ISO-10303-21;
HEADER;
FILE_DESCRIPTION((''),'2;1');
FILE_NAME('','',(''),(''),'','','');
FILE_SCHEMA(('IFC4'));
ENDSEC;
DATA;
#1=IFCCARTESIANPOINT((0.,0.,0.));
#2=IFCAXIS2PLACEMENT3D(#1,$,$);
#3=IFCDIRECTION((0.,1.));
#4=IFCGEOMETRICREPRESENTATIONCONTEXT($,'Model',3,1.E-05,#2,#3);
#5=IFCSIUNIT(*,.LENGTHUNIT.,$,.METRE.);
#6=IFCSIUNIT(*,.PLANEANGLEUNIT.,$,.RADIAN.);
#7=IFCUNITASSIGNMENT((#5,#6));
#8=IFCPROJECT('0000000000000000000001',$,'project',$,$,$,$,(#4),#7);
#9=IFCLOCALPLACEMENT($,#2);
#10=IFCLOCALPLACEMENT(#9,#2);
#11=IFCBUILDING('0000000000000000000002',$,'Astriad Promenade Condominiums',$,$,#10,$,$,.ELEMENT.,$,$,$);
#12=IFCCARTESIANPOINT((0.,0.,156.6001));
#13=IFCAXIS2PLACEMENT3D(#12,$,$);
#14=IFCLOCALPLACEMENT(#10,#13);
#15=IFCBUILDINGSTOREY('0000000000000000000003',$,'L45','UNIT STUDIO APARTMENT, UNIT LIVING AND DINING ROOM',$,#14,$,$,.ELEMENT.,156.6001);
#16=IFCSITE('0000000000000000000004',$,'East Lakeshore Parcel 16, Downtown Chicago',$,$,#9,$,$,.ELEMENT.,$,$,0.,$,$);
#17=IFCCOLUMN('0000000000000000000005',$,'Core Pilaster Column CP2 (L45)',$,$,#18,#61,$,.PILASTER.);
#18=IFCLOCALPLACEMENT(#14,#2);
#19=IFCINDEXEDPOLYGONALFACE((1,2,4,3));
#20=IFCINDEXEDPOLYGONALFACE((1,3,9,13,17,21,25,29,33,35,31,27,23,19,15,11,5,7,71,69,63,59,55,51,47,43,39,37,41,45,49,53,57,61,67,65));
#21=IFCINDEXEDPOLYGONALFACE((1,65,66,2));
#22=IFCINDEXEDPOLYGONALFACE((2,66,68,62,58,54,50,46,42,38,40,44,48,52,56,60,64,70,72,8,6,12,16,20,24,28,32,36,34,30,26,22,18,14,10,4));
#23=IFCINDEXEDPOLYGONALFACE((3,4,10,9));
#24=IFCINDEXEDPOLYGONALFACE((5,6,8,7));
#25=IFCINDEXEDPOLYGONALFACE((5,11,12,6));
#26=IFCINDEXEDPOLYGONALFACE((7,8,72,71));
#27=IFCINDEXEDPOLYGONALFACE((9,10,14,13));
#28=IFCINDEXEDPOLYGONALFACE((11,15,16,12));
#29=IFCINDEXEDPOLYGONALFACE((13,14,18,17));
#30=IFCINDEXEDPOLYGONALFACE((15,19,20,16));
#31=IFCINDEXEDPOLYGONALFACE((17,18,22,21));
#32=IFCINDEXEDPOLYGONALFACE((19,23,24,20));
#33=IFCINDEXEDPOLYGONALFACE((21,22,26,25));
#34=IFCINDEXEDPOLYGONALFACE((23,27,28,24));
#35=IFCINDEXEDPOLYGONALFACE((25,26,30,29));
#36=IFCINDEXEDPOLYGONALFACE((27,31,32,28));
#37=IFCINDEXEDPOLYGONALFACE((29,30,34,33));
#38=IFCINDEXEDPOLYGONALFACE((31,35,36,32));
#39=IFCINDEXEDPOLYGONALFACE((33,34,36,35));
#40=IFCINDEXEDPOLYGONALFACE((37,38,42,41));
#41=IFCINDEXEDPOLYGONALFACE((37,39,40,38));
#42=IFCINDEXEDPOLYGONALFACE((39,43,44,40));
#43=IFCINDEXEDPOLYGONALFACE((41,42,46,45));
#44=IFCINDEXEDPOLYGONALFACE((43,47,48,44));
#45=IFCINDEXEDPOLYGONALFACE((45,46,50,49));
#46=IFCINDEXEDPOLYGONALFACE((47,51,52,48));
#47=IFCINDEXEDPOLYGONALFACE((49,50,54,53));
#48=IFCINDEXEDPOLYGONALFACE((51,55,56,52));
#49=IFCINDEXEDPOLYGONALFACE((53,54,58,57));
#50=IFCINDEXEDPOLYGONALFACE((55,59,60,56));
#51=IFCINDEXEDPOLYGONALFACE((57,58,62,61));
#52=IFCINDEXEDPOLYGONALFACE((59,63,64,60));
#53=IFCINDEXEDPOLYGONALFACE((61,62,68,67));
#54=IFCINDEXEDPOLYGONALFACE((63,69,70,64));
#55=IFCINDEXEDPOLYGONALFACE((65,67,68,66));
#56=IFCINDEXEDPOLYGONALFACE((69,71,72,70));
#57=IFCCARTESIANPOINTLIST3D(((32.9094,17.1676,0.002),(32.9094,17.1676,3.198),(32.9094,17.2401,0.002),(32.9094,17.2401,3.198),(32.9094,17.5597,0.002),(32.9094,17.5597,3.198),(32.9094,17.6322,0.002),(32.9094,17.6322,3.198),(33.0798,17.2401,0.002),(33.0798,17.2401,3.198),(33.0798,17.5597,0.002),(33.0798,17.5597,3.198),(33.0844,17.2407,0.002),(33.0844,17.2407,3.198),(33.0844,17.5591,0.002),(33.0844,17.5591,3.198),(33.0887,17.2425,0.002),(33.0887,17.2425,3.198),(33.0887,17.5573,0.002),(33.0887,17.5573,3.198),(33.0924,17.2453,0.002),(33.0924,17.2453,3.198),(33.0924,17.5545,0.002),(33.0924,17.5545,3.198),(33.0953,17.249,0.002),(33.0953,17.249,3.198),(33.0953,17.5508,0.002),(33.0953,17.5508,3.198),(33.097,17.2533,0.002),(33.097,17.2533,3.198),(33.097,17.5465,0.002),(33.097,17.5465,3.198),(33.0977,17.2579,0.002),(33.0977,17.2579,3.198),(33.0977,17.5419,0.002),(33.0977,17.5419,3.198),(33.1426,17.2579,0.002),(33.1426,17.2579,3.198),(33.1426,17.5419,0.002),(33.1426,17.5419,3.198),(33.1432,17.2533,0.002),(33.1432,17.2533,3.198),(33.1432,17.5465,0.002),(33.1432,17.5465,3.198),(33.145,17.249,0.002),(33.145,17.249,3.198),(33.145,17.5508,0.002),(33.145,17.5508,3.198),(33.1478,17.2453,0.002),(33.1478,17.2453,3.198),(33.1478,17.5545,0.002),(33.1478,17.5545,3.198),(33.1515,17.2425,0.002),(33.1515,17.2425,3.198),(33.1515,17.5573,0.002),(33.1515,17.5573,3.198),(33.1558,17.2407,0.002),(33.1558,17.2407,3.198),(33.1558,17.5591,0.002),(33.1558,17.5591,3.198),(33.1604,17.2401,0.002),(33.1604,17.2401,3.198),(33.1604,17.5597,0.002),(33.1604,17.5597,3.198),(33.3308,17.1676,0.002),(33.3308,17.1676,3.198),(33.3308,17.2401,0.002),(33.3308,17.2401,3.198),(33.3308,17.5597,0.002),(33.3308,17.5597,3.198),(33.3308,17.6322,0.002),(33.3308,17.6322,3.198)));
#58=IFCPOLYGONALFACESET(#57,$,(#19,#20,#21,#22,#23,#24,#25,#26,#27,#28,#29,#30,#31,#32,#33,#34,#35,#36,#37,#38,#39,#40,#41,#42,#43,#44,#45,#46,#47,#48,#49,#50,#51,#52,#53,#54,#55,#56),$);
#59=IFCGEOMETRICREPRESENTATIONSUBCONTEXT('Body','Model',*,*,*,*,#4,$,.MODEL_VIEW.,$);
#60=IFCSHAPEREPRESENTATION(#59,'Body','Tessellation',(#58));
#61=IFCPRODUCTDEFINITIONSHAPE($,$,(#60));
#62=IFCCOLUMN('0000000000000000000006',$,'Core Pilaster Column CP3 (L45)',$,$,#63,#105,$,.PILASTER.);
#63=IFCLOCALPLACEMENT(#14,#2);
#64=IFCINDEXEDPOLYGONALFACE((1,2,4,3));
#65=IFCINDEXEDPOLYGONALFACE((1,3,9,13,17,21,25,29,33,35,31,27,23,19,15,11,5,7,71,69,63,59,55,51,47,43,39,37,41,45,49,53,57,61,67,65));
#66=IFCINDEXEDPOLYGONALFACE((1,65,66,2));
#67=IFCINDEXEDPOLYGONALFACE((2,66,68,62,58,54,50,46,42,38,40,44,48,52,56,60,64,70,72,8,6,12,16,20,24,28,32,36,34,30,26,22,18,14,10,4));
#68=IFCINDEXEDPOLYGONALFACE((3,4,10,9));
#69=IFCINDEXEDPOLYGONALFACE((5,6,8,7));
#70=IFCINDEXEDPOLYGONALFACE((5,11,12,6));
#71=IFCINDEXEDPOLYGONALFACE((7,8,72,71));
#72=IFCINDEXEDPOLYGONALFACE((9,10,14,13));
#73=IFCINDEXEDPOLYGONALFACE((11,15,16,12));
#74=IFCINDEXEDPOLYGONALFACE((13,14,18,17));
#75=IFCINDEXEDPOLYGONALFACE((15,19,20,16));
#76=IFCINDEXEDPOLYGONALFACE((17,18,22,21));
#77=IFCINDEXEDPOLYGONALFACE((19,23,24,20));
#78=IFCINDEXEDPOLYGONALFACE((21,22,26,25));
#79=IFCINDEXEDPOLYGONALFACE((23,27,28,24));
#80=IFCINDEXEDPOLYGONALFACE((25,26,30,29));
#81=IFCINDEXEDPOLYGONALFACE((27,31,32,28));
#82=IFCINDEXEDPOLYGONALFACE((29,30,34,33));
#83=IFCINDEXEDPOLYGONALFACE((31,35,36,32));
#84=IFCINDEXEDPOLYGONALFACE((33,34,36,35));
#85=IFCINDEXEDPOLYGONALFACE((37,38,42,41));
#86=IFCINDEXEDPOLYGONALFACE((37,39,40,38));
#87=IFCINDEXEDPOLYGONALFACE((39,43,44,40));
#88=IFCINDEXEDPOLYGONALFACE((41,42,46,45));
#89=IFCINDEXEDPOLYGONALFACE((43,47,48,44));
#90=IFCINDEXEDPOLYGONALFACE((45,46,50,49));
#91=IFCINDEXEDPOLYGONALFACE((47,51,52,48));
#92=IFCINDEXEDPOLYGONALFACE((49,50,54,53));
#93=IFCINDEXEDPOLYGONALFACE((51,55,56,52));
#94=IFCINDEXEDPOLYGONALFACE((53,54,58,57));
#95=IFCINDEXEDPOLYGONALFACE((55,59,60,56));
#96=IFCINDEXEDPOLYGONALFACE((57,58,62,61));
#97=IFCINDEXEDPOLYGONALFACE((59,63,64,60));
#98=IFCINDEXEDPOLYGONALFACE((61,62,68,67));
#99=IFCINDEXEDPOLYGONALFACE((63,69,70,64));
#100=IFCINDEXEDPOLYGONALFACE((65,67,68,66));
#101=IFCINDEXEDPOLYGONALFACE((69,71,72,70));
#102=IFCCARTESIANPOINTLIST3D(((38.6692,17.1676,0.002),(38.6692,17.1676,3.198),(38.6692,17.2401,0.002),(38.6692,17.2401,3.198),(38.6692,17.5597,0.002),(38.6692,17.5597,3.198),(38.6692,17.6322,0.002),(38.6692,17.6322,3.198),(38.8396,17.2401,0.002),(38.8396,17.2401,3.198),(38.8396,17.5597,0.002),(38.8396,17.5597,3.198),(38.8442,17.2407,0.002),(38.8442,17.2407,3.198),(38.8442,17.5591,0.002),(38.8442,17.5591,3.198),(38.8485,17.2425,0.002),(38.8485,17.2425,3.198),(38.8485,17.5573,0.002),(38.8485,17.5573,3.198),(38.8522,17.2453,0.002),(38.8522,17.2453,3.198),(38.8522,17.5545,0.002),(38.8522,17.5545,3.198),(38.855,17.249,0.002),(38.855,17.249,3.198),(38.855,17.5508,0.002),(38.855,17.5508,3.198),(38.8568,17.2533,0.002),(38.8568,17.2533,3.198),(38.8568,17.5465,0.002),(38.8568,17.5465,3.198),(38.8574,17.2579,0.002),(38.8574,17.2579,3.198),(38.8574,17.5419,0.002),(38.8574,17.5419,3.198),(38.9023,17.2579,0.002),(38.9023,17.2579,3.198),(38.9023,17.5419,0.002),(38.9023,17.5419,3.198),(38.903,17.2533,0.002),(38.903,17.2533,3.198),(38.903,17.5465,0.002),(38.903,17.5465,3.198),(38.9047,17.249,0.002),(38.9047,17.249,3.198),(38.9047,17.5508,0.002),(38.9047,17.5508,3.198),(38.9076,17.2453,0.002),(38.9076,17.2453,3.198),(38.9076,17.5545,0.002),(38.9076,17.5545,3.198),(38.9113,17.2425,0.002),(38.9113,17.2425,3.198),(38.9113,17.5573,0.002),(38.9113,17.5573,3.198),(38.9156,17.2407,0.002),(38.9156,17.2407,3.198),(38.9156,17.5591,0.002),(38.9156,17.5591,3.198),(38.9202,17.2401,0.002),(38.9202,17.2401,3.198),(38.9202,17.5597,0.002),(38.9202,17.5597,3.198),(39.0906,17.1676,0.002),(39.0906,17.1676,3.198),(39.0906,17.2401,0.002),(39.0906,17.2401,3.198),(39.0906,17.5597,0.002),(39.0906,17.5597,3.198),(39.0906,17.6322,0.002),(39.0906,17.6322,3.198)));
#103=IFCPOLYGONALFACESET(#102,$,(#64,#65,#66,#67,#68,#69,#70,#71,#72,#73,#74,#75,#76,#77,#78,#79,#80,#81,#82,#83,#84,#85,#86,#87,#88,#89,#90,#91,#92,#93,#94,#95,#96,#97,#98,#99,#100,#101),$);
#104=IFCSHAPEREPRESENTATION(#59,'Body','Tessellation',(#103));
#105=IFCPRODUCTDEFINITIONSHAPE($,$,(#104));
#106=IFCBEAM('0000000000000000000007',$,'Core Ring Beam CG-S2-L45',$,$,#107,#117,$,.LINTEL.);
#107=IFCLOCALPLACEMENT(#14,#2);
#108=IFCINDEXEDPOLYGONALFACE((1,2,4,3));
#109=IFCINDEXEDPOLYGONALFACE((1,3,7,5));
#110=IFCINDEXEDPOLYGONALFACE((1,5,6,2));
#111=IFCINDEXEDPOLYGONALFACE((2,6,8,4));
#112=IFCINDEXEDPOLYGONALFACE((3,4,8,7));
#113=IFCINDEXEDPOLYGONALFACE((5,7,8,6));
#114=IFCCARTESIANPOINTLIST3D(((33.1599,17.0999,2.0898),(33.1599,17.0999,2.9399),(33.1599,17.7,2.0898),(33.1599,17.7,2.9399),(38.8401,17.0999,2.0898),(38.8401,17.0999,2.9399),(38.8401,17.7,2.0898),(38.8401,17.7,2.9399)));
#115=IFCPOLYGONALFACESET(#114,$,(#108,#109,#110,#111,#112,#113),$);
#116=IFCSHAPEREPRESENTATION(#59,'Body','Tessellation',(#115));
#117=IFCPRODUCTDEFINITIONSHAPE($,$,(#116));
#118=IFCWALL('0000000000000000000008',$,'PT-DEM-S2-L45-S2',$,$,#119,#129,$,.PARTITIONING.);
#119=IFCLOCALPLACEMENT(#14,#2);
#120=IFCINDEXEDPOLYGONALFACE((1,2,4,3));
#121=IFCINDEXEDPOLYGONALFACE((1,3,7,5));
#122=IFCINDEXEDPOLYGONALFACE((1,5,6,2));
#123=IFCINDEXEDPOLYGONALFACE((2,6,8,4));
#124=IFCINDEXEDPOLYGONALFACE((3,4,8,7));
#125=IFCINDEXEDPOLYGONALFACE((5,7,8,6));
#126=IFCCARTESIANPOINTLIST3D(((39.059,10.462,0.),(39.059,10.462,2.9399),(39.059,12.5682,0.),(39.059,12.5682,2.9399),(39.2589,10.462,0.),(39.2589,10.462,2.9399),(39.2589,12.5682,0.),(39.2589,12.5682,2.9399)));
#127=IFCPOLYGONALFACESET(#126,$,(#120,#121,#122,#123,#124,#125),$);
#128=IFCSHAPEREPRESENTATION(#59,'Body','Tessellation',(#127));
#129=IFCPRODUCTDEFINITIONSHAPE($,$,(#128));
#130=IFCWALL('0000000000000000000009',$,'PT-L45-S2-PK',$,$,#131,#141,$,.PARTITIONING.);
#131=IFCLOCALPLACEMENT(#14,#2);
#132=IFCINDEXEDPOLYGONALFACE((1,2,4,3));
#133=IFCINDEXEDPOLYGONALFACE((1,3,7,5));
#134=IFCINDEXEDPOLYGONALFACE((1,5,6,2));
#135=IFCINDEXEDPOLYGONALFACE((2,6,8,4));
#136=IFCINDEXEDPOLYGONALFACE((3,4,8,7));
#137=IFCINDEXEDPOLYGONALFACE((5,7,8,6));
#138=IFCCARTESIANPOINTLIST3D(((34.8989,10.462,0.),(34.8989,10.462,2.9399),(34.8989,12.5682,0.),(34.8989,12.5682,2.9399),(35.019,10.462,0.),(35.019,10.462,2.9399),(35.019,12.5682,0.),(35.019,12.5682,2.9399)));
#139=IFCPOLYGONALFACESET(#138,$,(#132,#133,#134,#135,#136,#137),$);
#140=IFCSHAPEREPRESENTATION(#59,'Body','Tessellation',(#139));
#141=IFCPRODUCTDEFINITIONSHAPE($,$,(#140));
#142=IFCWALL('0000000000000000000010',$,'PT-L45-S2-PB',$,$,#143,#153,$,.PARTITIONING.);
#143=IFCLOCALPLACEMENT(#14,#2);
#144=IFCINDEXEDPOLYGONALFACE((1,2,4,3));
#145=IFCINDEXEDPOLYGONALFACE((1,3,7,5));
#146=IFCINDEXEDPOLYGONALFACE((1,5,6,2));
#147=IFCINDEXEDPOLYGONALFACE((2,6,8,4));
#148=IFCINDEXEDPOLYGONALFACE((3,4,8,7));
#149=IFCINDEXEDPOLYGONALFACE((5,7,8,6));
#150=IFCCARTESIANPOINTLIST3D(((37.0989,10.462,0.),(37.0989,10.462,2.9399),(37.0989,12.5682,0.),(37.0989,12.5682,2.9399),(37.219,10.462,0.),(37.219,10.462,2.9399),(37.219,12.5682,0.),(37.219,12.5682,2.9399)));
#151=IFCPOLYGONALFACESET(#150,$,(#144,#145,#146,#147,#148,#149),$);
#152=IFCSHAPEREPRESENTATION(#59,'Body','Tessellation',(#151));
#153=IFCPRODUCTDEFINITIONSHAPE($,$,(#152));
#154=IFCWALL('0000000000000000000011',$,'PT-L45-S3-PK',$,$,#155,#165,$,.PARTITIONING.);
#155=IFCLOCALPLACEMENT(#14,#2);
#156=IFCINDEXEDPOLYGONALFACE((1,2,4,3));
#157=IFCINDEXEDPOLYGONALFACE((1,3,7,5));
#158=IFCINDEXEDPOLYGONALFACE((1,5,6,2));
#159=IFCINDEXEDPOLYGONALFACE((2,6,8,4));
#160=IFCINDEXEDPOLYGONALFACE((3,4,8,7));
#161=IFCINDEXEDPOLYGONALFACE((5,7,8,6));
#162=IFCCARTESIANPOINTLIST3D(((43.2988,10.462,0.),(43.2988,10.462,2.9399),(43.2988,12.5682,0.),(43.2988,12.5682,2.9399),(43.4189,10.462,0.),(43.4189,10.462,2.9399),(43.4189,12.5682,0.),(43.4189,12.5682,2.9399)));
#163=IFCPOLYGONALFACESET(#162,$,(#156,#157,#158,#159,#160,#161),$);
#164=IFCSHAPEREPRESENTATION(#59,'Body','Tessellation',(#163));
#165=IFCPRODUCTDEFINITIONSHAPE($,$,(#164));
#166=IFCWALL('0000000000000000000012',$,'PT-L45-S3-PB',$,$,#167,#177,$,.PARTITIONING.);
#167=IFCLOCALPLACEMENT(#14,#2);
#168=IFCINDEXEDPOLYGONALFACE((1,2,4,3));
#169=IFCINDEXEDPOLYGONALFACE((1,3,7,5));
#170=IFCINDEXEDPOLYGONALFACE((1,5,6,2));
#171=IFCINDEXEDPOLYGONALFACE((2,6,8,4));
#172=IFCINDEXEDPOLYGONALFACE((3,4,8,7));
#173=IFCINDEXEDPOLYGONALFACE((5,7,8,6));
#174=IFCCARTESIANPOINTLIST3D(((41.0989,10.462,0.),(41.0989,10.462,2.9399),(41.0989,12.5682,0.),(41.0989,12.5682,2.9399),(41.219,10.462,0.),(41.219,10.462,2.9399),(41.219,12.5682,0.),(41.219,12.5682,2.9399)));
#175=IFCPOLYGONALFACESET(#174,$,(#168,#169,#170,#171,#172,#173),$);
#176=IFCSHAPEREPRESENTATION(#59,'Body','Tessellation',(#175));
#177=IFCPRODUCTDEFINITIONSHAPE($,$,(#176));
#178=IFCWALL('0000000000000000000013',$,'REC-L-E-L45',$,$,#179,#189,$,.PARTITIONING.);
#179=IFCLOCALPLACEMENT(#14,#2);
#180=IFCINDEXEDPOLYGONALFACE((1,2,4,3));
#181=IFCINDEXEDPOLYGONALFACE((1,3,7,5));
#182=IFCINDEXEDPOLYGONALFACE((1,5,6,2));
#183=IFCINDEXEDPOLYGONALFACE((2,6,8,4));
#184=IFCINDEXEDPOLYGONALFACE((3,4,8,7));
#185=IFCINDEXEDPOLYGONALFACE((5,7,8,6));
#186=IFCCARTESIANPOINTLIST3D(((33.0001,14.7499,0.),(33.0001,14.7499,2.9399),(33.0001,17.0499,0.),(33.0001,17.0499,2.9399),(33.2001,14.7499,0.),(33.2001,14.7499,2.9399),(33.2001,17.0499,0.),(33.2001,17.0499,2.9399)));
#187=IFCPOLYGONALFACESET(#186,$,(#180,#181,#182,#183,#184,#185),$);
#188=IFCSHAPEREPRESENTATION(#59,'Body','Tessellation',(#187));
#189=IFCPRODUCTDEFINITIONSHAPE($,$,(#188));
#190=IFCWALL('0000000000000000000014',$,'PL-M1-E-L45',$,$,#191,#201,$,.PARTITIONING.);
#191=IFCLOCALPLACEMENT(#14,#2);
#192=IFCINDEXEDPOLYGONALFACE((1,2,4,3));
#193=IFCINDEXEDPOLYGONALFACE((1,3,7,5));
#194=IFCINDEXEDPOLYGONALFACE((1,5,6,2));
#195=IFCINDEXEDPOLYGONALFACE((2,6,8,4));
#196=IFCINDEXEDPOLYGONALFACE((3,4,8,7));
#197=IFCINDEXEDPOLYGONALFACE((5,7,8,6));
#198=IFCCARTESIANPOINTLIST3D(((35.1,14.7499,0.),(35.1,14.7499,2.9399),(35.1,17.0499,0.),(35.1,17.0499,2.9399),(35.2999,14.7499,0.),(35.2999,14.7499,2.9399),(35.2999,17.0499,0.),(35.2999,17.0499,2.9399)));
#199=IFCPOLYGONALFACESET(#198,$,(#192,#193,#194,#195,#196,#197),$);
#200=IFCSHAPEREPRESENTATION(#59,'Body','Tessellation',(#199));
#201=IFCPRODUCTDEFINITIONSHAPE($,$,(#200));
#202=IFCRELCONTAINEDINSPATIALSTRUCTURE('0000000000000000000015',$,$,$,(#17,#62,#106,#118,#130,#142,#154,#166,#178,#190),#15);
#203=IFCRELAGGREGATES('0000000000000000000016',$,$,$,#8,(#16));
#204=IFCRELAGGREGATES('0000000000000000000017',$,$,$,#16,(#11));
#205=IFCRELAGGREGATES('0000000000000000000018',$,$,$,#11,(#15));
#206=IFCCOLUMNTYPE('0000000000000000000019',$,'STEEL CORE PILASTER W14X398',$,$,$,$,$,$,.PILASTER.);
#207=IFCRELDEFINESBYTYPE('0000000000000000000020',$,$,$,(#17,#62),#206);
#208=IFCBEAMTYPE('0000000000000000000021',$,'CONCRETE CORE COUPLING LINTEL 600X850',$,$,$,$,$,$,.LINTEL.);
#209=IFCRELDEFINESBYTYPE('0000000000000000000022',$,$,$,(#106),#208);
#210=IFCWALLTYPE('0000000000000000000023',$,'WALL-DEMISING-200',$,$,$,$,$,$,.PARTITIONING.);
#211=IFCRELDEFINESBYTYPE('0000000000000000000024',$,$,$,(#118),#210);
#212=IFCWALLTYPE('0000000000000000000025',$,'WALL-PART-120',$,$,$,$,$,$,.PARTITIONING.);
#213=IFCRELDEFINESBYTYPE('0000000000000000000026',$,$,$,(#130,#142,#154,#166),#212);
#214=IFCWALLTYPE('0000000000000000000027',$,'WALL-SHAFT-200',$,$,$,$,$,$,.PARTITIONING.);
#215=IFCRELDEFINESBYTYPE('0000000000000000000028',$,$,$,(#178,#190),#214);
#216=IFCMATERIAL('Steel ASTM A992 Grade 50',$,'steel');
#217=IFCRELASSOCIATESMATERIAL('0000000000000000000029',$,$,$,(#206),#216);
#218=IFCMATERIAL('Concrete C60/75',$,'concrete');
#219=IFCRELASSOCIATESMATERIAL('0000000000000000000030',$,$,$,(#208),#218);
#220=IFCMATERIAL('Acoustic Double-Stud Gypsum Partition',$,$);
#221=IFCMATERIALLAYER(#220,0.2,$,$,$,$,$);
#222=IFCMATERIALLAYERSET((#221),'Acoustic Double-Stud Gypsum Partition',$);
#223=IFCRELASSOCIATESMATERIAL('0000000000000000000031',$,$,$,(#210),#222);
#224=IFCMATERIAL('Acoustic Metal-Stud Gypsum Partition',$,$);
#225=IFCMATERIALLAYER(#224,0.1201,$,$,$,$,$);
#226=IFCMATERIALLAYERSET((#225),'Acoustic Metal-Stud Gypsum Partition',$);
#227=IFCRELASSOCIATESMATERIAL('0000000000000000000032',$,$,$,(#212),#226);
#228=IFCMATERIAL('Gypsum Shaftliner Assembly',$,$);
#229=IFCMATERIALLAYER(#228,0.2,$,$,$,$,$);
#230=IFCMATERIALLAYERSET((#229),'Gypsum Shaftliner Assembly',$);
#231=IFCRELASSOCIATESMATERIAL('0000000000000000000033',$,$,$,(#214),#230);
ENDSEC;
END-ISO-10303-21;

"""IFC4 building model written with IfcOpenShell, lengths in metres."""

from ifc_helpers import new_model, si_unit, direction, frame, frame_2d, origin, origin_2d, place, context, subcontext, project, spatial, rectangle, i_section, extrude, source, transform, mapped, material, layer, layer_set, material_profile, profile_set, type_object, type_shapes, element, save


model = new_model("IFC4")

# Units and contexts
model_context = context("Model", 3, precision=1e-05, world=origin(), true_north=direction((0.0, 1.0)))
body_context = subcontext(model_context, "Body", "Model", "MODEL_VIEW")
ifc_project = project(units=[si_unit("LENGTHUNIT", "METRE"), si_unit("PLANEANGLEUNIT", "RADIAN")], contexts=[model_context])

# Site, building, storey
site_placement = place(None, origin())
site = spatial("IfcSite", under=ifc_project, at=site_placement, Name="East Lakeshore Parcel 16, Downtown Chicago", CompositionType="ELEMENT", RefElevation=0.0)
building_placement = place(site_placement, origin())
building = spatial("IfcBuilding", under=site, at=building_placement, Name="Astriad Promenade Condominiums", CompositionType="ELEMENT")
storey_placement = place(building_placement, frame((0.0, 0.0, 156.6001)))
storey = spatial("IfcBuildingStorey", under=building, at=storey_placement, Name="L45", Description="UNIT STUDIO APARTMENT, UNIT LIVING AND DINING ROOM", CompositionType="ELEMENT", Elevation=156.6001)

# Columns
ifc_material_1 = material(Name="Steel ASTM A992 Grade 50", Category="steel")
ifc_material_profile_1 = material_profile(ifc_material_1, i_section(OverallWidth=0.4214, OverallDepth=0.4646, WebThickness=0.0449, FlangeThickness=0.0725, FilletRadius=0.0178, at=origin_2d()), Name="W14X398")
ifc_profile_set_1 = profile_set([ifc_material_profile_1], Name="Steel ASTM A992 Grade 50")
column_type = type_object("IfcColumnType", Name="STEEL CORE PILASTER W14X398", PredefinedType="PILASTER", material=ifc_profile_set_1)
shared_shape_1 = source(origin(), body_context, "Body", "SweptSolid", [
    extrude(i_section(OverallWidth=0.4214, OverallDepth=0.4646, WebThickness=0.0449, FlangeThickness=0.0725, FilletRadius=0.0178, at=origin_2d()), origin(), (0.0, 0.0, 1.0), 3.196),
])
type_shapes(column_type, [shared_shape_1])
for number, where, z_axis, x_axis, name in (
    (1, (33.1201, 17.3999, 0.002), (0.0, 0.0, 1.0), (1.0, 0.0, 0.0), "Core Pilaster Column CP2 (L45)"),
    (2, (38.8799, 17.3999, 0.002), (0.0, 0.0, 1.0), (1.0, 0.0, 0.0), "Core Pilaster Column CP3 (L45)"),
):
    element("IfcColumn", number, at=place(storey_placement, frame(where, z_axis=z_axis, x_axis=x_axis)), inside=storey, type_object=column_type, Name=name, PredefinedType="PILASTER", context=body_context, shape_type="MappedRepresentation", body=[
        mapped(shared_shape_1, transform((0.0, 0.0, 0.0), scale=1.0)),
    ])

# Beam
ifc_material_2 = material(Name="Concrete C60/75", Category="concrete")
ifc_material_profile_2 = material_profile(ifc_material_2, rectangle(XDim=0.6001, YDim=0.8501, at=origin_2d()), Name="RC-BM-600X850")
ifc_profile_set_2 = profile_set([ifc_material_profile_2], Name="Concrete C60/75")
beam_type = type_object("IfcBeamType", Name="CONCRETE CORE COUPLING LINTEL 600X850", PredefinedType="LINTEL", material=ifc_profile_set_2)
shared_shape_2 = source(origin(), body_context, "Body", "SweptSolid", [
    extrude(rectangle(XDim=0.6001, YDim=0.8501, at=origin_2d()), origin(), (0.0, 0.0, 1.0), 5.6802),
])
type_shapes(beam_type, [shared_shape_2])
beam_placement = place(storey_placement, frame((33.1599, 17.3999, 2.5149), z_axis=(1.0, 0.0, 0.0), x_axis=(0.0, 1.0, 0.0)))
element("IfcBeam", 3, at=beam_placement, inside=storey, type_object=beam_type, Name="Core Ring Beam CG-S2-L45", PredefinedType="LINTEL", context=body_context, shape_type="MappedRepresentation", body=[
    mapped(shared_shape_2, transform((0.0, 0.0, 0.0), scale=1.0)),
])

# Walls
ifc_material_3 = material(Name="Acoustic Double-Stud Gypsum Partition")
ifc_layer_1 = layer(ifc_material_3, 0.2)
ifc_layer_set_1 = layer_set([ifc_layer_1], Name="Acoustic Double-Stud Gypsum Partition")
wall_type_1 = type_object("IfcWallType", Name="WALL-DEMISING-200", PredefinedType="PARTITIONING", material=ifc_layer_set_1)
wall_1_placement = place(storey_placement, frame((39.1589, 10.4619, 0.0), z_axis=(0.0, 0.0, 1.0), x_axis=(0.0, 1.0, 0.0)))
element("IfcWall", 4, at=wall_1_placement, inside=storey, type_object=wall_type_1, Name="PT-DEM-S2-L45-S2", PredefinedType="PARTITIONING", context=body_context, shape_type="SweptSolid", body=[
    extrude(rectangle(XDim=2.1062, YDim=0.2, at=frame_2d((1.0532, 0.0))), origin(), (0.0, 0.0, 1.0), 2.9399),
])
ifc_material_4 = material(Name="Acoustic Metal-Stud Gypsum Partition")
ifc_layer_2 = layer(ifc_material_4, 0.1201)
ifc_layer_set_2 = layer_set([ifc_layer_2], Name="Acoustic Metal-Stud Gypsum Partition")
wall_type_2 = type_object("IfcWallType", Name="WALL-PART-120", PredefinedType="PARTITIONING", material=ifc_layer_set_2)
for number, where, z_axis, x_axis, name in (
    (5, (34.959, 10.4619, 0.0), (0.0, 0.0, 1.0), (0.0, 1.0, 0.0), "PT-L45-S2-PK"),
    (6, (37.1589, 10.4619, 0.0), (0.0, 0.0, 1.0), (0.0, 1.0, 0.0), "PT-L45-S2-PB"),
    (7, (43.3589, 10.4619, 0.0), (0.0, 0.0, 1.0), (0.0, 1.0, 0.0), "PT-L45-S3-PK"),
    (8, (41.1589, 10.4619, 0.0), (0.0, 0.0, 1.0), (0.0, 1.0, 0.0), "PT-L45-S3-PB"),
):
    element("IfcWall", number, at=place(storey_placement, frame(where, z_axis=z_axis, x_axis=x_axis)), inside=storey, type_object=wall_type_2, Name=name, PredefinedType="PARTITIONING", context=body_context, shape_type="SweptSolid", body=[
        extrude(rectangle(XDim=2.1062, YDim=0.1201, at=frame_2d((1.0532, 0.0))), origin(), (0.0, 0.0, 1.0), 2.9399),
    ])
ifc_material_5 = material(Name="Gypsum Shaftliner Assembly")
ifc_layer_3 = layer(ifc_material_5, 0.2)
ifc_layer_set_3 = layer_set([ifc_layer_3], Name="Gypsum Shaftliner Assembly")
wall_type_3 = type_object("IfcWallType", Name="WALL-SHAFT-200", PredefinedType="PARTITIONING", material=ifc_layer_set_3)
for number, where, z_axis, x_axis, name in (
    (9, (33.1001, 14.75, 0.0), (0.0, 0.0, 1.0), (0.0, 1.0, 0.0), "REC-L-E-L45"),
    (10, (35.2, 14.75, 0.0), (0.0, 0.0, 1.0), (0.0, 1.0, 0.0), "PL-M1-E-L45"),
):
    element("IfcWall", number, at=place(storey_placement, frame(where, z_axis=z_axis, x_axis=x_axis)), inside=storey, type_object=wall_type_3, Name=name, PredefinedType="PARTITIONING", context=body_context, shape_type="SweptSolid", body=[
        extrude(rectangle(XDim=2.3, YDim=0.2, at=frame_2d((1.1499, 0.0))), origin(), (0.0, 0.0, 1.0), 2.9399),
    ])

save(model, "model.ifc")
